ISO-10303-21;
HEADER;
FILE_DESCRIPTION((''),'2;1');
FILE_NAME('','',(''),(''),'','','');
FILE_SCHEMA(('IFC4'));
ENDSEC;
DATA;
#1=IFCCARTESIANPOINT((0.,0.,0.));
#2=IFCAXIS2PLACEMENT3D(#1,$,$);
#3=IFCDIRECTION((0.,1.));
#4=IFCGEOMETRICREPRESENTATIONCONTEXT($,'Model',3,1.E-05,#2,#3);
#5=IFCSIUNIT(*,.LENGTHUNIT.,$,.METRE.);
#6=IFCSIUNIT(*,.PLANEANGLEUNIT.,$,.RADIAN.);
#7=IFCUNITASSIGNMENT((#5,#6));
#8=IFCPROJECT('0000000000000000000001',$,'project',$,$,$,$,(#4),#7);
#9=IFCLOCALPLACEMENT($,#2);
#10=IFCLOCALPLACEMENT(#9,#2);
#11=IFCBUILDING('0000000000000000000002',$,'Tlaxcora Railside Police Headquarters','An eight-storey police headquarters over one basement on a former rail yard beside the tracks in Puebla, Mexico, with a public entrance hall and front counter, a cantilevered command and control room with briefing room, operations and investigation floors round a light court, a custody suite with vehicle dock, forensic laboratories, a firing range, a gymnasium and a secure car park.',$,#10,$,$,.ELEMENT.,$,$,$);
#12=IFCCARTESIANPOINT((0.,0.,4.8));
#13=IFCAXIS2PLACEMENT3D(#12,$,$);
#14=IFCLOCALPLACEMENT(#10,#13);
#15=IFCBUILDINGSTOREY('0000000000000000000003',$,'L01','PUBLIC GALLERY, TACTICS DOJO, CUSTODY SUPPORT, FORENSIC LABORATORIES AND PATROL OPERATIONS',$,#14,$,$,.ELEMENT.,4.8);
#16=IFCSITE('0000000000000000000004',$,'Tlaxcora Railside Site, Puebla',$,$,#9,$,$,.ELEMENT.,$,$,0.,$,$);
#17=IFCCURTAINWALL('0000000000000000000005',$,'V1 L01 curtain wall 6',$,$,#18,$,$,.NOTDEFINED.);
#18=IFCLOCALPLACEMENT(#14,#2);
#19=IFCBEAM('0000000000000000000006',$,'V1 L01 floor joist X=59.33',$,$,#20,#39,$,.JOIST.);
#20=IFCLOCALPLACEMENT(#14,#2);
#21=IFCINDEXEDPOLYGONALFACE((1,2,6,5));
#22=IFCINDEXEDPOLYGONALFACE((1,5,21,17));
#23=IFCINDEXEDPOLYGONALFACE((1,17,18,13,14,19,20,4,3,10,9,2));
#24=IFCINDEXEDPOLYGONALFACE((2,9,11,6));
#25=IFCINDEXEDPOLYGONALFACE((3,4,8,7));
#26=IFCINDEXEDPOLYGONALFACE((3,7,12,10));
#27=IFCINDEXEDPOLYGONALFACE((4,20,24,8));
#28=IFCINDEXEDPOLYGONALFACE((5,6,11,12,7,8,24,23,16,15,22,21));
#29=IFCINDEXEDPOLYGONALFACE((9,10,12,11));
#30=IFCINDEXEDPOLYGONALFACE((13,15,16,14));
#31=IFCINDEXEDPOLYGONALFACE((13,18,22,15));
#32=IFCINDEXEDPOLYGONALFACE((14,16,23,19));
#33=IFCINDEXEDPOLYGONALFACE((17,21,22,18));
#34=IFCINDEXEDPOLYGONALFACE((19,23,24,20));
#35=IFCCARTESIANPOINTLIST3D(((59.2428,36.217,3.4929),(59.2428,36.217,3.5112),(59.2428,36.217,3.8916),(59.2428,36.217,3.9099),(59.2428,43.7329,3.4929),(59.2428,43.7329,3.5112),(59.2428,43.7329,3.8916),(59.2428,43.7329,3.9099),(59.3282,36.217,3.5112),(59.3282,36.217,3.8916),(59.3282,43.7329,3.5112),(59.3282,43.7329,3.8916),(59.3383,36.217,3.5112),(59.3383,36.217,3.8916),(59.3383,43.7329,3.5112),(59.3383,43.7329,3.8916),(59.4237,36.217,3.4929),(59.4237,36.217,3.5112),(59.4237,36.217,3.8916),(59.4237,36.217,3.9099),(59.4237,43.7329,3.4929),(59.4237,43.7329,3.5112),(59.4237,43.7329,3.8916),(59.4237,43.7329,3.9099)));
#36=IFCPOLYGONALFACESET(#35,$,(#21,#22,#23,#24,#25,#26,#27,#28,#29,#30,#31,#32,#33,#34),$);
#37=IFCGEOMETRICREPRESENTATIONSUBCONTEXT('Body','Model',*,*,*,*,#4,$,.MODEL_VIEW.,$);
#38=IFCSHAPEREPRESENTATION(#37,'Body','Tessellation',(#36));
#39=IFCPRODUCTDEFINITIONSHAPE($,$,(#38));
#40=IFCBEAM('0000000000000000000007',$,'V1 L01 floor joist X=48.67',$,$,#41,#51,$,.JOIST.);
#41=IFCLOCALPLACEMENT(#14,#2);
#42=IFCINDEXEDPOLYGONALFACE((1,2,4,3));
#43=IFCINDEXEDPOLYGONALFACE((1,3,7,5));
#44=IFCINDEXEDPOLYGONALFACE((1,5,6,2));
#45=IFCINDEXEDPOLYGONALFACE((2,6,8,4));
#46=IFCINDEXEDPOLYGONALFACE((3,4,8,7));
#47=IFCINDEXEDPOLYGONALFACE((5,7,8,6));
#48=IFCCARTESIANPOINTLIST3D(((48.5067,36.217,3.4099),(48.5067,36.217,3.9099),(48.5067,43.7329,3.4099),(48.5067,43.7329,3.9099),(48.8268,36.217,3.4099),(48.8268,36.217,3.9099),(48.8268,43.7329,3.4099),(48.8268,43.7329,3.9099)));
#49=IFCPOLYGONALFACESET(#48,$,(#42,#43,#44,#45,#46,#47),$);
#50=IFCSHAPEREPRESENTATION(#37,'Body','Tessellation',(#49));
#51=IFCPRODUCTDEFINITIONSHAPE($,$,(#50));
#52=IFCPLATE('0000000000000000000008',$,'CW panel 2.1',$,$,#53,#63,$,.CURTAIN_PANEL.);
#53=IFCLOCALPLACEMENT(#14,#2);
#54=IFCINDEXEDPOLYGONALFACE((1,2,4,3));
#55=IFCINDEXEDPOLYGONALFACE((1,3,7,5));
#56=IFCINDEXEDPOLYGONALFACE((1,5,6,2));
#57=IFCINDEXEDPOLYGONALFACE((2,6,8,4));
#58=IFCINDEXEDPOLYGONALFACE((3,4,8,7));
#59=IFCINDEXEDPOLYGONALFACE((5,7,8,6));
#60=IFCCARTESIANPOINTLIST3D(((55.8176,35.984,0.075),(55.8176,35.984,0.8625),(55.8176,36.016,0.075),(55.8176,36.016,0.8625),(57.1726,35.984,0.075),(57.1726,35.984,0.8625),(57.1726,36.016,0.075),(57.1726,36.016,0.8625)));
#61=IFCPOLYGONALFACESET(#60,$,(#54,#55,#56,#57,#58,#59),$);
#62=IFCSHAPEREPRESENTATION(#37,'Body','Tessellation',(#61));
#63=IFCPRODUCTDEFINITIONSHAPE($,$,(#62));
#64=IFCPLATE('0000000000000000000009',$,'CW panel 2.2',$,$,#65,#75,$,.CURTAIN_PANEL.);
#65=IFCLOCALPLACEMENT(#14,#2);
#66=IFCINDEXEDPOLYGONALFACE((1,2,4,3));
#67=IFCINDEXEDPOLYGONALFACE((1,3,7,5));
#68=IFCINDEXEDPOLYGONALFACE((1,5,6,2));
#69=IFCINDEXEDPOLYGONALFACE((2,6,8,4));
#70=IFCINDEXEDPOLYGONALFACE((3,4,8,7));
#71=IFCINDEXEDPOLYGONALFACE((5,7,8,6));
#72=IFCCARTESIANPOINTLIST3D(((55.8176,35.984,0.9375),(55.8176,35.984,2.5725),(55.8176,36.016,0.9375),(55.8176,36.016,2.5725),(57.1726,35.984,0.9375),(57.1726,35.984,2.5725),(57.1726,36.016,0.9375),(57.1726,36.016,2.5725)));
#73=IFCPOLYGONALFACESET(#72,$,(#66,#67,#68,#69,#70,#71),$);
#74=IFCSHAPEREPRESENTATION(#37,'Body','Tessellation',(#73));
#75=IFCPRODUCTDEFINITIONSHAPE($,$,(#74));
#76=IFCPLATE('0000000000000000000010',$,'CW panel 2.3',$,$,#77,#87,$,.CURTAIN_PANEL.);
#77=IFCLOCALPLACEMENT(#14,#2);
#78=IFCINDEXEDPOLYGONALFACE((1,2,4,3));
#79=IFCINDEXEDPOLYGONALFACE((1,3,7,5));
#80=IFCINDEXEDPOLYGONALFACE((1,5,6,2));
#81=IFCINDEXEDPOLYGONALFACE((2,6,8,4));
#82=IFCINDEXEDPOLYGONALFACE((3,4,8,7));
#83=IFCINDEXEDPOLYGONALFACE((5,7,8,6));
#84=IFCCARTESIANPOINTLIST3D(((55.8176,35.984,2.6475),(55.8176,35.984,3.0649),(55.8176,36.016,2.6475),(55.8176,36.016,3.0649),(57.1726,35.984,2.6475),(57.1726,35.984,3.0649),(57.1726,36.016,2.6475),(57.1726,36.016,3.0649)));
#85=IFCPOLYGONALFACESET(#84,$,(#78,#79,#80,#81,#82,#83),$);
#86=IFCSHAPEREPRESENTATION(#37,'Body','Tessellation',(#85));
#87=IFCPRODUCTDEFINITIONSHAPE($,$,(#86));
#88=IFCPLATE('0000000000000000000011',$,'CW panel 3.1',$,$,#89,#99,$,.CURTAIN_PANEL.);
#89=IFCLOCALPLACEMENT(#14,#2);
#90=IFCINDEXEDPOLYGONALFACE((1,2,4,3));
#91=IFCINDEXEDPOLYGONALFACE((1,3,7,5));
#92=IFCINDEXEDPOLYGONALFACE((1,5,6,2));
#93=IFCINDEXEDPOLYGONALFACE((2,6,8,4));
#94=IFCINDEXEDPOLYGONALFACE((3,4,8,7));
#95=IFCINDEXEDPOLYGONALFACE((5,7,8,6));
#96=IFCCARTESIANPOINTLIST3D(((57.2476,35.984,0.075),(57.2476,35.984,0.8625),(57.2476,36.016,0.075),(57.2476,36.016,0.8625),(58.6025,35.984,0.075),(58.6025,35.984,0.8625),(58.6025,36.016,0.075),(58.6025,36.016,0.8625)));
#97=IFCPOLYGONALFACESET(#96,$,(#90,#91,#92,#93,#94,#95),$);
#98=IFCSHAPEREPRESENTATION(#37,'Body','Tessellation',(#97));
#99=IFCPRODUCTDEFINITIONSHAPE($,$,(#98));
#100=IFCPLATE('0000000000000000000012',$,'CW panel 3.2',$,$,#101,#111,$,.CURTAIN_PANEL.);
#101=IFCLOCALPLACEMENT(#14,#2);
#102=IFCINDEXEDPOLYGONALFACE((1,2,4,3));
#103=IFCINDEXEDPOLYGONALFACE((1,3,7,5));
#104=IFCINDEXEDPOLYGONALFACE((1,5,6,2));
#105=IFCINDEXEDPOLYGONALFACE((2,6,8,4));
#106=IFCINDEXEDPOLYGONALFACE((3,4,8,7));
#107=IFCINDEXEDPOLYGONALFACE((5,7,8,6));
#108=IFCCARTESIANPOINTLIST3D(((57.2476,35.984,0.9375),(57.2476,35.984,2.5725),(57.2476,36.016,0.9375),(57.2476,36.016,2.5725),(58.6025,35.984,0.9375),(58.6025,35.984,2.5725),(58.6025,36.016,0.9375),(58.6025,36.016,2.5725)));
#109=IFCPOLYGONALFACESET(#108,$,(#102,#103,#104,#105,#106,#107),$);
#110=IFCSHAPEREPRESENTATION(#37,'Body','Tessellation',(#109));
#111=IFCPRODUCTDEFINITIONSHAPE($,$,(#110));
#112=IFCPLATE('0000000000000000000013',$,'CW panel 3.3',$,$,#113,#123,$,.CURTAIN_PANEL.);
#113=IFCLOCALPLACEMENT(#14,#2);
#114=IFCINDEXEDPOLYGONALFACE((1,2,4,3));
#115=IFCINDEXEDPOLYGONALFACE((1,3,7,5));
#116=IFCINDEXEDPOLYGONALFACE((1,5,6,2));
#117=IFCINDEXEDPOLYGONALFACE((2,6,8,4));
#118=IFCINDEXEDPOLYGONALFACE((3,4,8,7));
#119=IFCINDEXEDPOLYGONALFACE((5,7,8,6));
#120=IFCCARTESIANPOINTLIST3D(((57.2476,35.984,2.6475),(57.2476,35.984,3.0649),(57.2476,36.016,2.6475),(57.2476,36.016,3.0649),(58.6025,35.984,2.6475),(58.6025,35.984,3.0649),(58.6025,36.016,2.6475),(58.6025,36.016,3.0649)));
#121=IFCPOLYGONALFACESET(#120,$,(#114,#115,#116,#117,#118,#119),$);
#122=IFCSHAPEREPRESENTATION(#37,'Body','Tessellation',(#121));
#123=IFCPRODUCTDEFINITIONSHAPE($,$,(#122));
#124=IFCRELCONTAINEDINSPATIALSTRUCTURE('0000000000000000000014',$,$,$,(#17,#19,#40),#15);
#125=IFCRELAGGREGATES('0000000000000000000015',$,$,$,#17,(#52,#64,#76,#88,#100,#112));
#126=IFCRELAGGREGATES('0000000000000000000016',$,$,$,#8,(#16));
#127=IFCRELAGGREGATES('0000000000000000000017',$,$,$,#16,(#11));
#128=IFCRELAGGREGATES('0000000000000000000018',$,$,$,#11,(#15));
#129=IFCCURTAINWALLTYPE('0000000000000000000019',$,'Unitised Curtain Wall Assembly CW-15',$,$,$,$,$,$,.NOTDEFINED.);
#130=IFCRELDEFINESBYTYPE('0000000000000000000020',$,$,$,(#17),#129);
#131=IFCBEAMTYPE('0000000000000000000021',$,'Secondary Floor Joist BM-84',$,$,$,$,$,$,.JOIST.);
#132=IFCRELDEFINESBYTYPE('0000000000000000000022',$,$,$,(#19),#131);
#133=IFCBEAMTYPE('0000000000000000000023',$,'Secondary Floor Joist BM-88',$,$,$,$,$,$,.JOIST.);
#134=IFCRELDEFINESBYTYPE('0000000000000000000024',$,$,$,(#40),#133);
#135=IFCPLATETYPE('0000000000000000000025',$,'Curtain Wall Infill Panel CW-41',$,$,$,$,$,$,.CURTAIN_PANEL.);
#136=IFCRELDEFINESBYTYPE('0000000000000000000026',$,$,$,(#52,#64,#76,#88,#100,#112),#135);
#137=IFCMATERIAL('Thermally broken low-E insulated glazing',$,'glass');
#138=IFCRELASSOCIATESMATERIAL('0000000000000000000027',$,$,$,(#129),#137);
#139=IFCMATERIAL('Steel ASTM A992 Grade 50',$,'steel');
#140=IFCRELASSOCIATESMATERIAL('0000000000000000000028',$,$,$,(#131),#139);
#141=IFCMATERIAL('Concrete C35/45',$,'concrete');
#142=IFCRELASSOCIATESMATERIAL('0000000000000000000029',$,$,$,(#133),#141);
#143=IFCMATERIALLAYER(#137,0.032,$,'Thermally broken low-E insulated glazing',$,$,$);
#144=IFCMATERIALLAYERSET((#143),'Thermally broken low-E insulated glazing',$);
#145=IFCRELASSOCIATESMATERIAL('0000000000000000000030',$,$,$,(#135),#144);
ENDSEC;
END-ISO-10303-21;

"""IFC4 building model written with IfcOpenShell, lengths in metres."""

from ifc_helpers import new_model, si_unit, direction, frame, origin, origin_2d, place, context, subcontext, project, spatial, rectangle, i_section, extrude, material, layer, layer_set, material_profile, profile_set, type_object, element, aggregate, save


model = new_model("IFC4")

# Units and contexts
model_context = context("Model", 3, precision=1e-05, world=origin(), true_north=direction((0.0, 1.0)))
body_context = subcontext(model_context, "Body", "Model", "MODEL_VIEW")
ifc_project = project(units=[si_unit("LENGTHUNIT", "METRE"), si_unit("PLANEANGLEUNIT", "RADIAN")], contexts=[model_context])

# Site, building, storey
site_placement = place(None, origin())
site = spatial("IfcSite", under=ifc_project, at=site_placement, Name="Tlaxcora Railside Site, Puebla", CompositionType="ELEMENT", RefElevation=0.0)
building_placement = place(site_placement, origin())
building = spatial("IfcBuilding", under=site, at=building_placement, Name="Tlaxcora Railside Police Headquarters", Description="An eight-storey police headquarters over one basement on a former rail yard beside the tracks in Puebla, Mexico, with a public entrance hall and front counter, a cantilevered command and control room with briefing room, operations and investigation floors round a light court, a custody suite with vehicle dock, forensic laboratories, a firing range, a gymnasium and a secure car park.", CompositionType="ELEMENT")
storey_placement = place(building_placement, frame((0.0, 0.0, 4.8)))
storey = spatial("IfcBuildingStorey", under=building, at=storey_placement, Name="L01", Description="PUBLIC GALLERY, TACTICS DOJO, CUSTODY SUPPORT, FORENSIC LABORATORIES AND PATROL OPERATIONS", CompositionType="ELEMENT", Elevation=4.8)

# Curtain wall
ifc_material_1 = material(Name="Thermally broken low-E insulated glazing", Category="glass")
curtain_wall_type = type_object("IfcCurtainWallType", Name="Unitised Curtain Wall Assembly CW-15", PredefinedType="NOTDEFINED", material=ifc_material_1)
curtain_wall_placement = place(storey_placement, origin())
curtain_wall = element("IfcCurtainWall", 1, at=curtain_wall_placement, inside=storey, type_object=curtain_wall_type, Name="V1 L01 curtain wall 6", PredefinedType="NOTDEFINED")

# Beams
ifc_material_2 = material(Name="Steel ASTM A992 Grade 50", Category="steel")
ifc_material_profile_1 = material_profile(ifc_material_2, i_section(OverallWidth=0.1809, OverallDepth=0.417, WebThickness=0.01, FlangeThickness=0.0183, at=origin_2d()), Name="W16X57")
ifc_profile_set_1 = profile_set([ifc_material_profile_1], Name="Steel ASTM A992 Grade 50")
beam_type_1 = type_object("IfcBeamType", Name="Secondary Floor Joist BM-84", PredefinedType="JOIST", material=ifc_profile_set_1)
beam_1_placement = place(storey_placement, frame((59.3333, 36.217, 3.7014), z_axis=(0.0, 1.0, 0.0), x_axis=(-1.0, 0.0, 0.0)))
element("IfcBeam", 2, at=beam_1_placement, inside=storey, type_object=beam_type_1, Name="V1 L01 floor joist X=59.33", PredefinedType="JOIST", context=body_context, shape_type="SweptSolid", body=[
    extrude(i_section(OverallWidth=0.1809, OverallDepth=0.417, WebThickness=0.01, FlangeThickness=0.0183, at=origin_2d()), origin(), (0.0, 0.0, 1.0), 7.5159),
])
ifc_material_3 = material(Name="Concrete C35/45", Category="concrete")
ifc_material_profile_2 = material_profile(ifc_material_3, rectangle(XDim=0.3201, YDim=0.5, at=origin_2d()), Name="RC320X500")
ifc_profile_set_2 = profile_set([ifc_material_profile_2], Name="Concrete C35/45")
beam_type_2 = type_object("IfcBeamType", Name="Secondary Floor Joist BM-88", PredefinedType="JOIST", material=ifc_profile_set_2)
beam_2_placement = place(storey_placement, frame((48.6667, 36.217, 3.6599), z_axis=(0.0, 1.0, 0.0), x_axis=(-1.0, 0.0, 0.0)))
element("IfcBeam", 3, at=beam_2_placement, inside=storey, type_object=beam_type_2, Name="V1 L01 floor joist X=48.67", PredefinedType="JOIST", context=body_context, shape_type="SweptSolid", body=[
    extrude(rectangle(XDim=0.3201, YDim=0.5, at=origin_2d()), origin(), (0.0, 0.0, 1.0), 7.5159),
])

# Plates
ifc_layer = layer(ifc_material_1, 0.032, Name="Thermally broken low-E insulated glazing")
ifc_layer_set = layer_set([ifc_layer], Name="Thermally broken low-E insulated glazing")
plate_type = type_object("IfcPlateType", Name="Curtain Wall Infill Panel CW-41", PredefinedType="CURTAIN_PANEL", material=ifc_layer_set)
plate_1_placement = place(storey_placement, frame((56.4951, 36.0, 0.075), z_axis=(0.0, 0.0, 1.0), x_axis=(1.0, 0.0, 0.0)))
plate_1 = element("IfcPlate", 4, at=plate_1_placement, type_object=plate_type, Name="CW panel 2.1", PredefinedType="CURTAIN_PANEL", context=body_context, shape_type="SweptSolid", body=[
    extrude(rectangle(XDim=1.355, YDim=0.032, at=origin_2d()), origin(), (0.0, 0.0, 1.0), 0.7876),
])
plate_2_placement = place(storey_placement, frame((56.4951, 36.0, 0.9375), z_axis=(0.0, 0.0, 1.0), x_axis=(1.0, 0.0, 0.0)))
plate_2 = element("IfcPlate", 5, at=plate_2_placement, type_object=plate_type, Name="CW panel 2.2", PredefinedType="CURTAIN_PANEL", context=body_context, shape_type="SweptSolid", body=[
    extrude(rectangle(XDim=1.355, YDim=0.032, at=origin_2d()), origin(), (0.0, 0.0, 1.0), 1.635),
])
plate_3_placement = place(storey_placement, frame((56.4951, 36.0, 2.6475), z_axis=(0.0, 0.0, 1.0), x_axis=(1.0, 0.0, 0.0)))
plate_3 = element("IfcPlate", 6, at=plate_3_placement, type_object=plate_type, Name="CW panel 2.3", PredefinedType="CURTAIN_PANEL", context=body_context, shape_type="SweptSolid", body=[
    extrude(rectangle(XDim=1.355, YDim=0.032, at=origin_2d()), origin(), (0.0, 0.0, 1.0), 0.4175),
])
plate_4_placement = place(storey_placement, frame((57.925, 36.0, 0.075), z_axis=(0.0, 0.0, 1.0), x_axis=(1.0, 0.0, 0.0)))
plate_4 = element("IfcPlate", 7, at=plate_4_placement, type_object=plate_type, Name="CW panel 3.1", PredefinedType="CURTAIN_PANEL", context=body_context, shape_type="SweptSolid", body=[
    extrude(rectangle(XDim=1.355, YDim=0.032, at=origin_2d()), origin(), (0.0, 0.0, 1.0), 0.7876),
])
plate_5_placement = place(storey_placement, frame((57.925, 36.0, 0.9375), z_axis=(0.0, 0.0, 1.0), x_axis=(1.0, 0.0, 0.0)))
plate_5 = element("IfcPlate", 8, at=plate_5_placement, type_object=plate_type, Name="CW panel 3.2", PredefinedType="CURTAIN_PANEL", context=body_context, shape_type="SweptSolid", body=[
    extrude(rectangle(XDim=1.355, YDim=0.032, at=origin_2d()), origin(), (0.0, 0.0, 1.0), 1.635),
])
plate_6_placement = place(storey_placement, frame((57.925, 36.0, 2.6475), z_axis=(0.0, 0.0, 1.0), x_axis=(1.0, 0.0, 0.0)))
plate_6 = element("IfcPlate", 9, at=plate_6_placement, type_object=plate_type, Name="CW panel 3.3", PredefinedType="CURTAIN_PANEL", context=body_context, shape_type="SweptSolid", body=[
    extrude(rectangle(XDim=1.355, YDim=0.032, at=origin_2d()), origin(), (0.0, 0.0, 1.0), 0.4175),
])
aggregate(curtain_wall, [plate_1, plate_2, plate_3, plate_4, plate_5, plate_6])

save(model, "model.ifc")
